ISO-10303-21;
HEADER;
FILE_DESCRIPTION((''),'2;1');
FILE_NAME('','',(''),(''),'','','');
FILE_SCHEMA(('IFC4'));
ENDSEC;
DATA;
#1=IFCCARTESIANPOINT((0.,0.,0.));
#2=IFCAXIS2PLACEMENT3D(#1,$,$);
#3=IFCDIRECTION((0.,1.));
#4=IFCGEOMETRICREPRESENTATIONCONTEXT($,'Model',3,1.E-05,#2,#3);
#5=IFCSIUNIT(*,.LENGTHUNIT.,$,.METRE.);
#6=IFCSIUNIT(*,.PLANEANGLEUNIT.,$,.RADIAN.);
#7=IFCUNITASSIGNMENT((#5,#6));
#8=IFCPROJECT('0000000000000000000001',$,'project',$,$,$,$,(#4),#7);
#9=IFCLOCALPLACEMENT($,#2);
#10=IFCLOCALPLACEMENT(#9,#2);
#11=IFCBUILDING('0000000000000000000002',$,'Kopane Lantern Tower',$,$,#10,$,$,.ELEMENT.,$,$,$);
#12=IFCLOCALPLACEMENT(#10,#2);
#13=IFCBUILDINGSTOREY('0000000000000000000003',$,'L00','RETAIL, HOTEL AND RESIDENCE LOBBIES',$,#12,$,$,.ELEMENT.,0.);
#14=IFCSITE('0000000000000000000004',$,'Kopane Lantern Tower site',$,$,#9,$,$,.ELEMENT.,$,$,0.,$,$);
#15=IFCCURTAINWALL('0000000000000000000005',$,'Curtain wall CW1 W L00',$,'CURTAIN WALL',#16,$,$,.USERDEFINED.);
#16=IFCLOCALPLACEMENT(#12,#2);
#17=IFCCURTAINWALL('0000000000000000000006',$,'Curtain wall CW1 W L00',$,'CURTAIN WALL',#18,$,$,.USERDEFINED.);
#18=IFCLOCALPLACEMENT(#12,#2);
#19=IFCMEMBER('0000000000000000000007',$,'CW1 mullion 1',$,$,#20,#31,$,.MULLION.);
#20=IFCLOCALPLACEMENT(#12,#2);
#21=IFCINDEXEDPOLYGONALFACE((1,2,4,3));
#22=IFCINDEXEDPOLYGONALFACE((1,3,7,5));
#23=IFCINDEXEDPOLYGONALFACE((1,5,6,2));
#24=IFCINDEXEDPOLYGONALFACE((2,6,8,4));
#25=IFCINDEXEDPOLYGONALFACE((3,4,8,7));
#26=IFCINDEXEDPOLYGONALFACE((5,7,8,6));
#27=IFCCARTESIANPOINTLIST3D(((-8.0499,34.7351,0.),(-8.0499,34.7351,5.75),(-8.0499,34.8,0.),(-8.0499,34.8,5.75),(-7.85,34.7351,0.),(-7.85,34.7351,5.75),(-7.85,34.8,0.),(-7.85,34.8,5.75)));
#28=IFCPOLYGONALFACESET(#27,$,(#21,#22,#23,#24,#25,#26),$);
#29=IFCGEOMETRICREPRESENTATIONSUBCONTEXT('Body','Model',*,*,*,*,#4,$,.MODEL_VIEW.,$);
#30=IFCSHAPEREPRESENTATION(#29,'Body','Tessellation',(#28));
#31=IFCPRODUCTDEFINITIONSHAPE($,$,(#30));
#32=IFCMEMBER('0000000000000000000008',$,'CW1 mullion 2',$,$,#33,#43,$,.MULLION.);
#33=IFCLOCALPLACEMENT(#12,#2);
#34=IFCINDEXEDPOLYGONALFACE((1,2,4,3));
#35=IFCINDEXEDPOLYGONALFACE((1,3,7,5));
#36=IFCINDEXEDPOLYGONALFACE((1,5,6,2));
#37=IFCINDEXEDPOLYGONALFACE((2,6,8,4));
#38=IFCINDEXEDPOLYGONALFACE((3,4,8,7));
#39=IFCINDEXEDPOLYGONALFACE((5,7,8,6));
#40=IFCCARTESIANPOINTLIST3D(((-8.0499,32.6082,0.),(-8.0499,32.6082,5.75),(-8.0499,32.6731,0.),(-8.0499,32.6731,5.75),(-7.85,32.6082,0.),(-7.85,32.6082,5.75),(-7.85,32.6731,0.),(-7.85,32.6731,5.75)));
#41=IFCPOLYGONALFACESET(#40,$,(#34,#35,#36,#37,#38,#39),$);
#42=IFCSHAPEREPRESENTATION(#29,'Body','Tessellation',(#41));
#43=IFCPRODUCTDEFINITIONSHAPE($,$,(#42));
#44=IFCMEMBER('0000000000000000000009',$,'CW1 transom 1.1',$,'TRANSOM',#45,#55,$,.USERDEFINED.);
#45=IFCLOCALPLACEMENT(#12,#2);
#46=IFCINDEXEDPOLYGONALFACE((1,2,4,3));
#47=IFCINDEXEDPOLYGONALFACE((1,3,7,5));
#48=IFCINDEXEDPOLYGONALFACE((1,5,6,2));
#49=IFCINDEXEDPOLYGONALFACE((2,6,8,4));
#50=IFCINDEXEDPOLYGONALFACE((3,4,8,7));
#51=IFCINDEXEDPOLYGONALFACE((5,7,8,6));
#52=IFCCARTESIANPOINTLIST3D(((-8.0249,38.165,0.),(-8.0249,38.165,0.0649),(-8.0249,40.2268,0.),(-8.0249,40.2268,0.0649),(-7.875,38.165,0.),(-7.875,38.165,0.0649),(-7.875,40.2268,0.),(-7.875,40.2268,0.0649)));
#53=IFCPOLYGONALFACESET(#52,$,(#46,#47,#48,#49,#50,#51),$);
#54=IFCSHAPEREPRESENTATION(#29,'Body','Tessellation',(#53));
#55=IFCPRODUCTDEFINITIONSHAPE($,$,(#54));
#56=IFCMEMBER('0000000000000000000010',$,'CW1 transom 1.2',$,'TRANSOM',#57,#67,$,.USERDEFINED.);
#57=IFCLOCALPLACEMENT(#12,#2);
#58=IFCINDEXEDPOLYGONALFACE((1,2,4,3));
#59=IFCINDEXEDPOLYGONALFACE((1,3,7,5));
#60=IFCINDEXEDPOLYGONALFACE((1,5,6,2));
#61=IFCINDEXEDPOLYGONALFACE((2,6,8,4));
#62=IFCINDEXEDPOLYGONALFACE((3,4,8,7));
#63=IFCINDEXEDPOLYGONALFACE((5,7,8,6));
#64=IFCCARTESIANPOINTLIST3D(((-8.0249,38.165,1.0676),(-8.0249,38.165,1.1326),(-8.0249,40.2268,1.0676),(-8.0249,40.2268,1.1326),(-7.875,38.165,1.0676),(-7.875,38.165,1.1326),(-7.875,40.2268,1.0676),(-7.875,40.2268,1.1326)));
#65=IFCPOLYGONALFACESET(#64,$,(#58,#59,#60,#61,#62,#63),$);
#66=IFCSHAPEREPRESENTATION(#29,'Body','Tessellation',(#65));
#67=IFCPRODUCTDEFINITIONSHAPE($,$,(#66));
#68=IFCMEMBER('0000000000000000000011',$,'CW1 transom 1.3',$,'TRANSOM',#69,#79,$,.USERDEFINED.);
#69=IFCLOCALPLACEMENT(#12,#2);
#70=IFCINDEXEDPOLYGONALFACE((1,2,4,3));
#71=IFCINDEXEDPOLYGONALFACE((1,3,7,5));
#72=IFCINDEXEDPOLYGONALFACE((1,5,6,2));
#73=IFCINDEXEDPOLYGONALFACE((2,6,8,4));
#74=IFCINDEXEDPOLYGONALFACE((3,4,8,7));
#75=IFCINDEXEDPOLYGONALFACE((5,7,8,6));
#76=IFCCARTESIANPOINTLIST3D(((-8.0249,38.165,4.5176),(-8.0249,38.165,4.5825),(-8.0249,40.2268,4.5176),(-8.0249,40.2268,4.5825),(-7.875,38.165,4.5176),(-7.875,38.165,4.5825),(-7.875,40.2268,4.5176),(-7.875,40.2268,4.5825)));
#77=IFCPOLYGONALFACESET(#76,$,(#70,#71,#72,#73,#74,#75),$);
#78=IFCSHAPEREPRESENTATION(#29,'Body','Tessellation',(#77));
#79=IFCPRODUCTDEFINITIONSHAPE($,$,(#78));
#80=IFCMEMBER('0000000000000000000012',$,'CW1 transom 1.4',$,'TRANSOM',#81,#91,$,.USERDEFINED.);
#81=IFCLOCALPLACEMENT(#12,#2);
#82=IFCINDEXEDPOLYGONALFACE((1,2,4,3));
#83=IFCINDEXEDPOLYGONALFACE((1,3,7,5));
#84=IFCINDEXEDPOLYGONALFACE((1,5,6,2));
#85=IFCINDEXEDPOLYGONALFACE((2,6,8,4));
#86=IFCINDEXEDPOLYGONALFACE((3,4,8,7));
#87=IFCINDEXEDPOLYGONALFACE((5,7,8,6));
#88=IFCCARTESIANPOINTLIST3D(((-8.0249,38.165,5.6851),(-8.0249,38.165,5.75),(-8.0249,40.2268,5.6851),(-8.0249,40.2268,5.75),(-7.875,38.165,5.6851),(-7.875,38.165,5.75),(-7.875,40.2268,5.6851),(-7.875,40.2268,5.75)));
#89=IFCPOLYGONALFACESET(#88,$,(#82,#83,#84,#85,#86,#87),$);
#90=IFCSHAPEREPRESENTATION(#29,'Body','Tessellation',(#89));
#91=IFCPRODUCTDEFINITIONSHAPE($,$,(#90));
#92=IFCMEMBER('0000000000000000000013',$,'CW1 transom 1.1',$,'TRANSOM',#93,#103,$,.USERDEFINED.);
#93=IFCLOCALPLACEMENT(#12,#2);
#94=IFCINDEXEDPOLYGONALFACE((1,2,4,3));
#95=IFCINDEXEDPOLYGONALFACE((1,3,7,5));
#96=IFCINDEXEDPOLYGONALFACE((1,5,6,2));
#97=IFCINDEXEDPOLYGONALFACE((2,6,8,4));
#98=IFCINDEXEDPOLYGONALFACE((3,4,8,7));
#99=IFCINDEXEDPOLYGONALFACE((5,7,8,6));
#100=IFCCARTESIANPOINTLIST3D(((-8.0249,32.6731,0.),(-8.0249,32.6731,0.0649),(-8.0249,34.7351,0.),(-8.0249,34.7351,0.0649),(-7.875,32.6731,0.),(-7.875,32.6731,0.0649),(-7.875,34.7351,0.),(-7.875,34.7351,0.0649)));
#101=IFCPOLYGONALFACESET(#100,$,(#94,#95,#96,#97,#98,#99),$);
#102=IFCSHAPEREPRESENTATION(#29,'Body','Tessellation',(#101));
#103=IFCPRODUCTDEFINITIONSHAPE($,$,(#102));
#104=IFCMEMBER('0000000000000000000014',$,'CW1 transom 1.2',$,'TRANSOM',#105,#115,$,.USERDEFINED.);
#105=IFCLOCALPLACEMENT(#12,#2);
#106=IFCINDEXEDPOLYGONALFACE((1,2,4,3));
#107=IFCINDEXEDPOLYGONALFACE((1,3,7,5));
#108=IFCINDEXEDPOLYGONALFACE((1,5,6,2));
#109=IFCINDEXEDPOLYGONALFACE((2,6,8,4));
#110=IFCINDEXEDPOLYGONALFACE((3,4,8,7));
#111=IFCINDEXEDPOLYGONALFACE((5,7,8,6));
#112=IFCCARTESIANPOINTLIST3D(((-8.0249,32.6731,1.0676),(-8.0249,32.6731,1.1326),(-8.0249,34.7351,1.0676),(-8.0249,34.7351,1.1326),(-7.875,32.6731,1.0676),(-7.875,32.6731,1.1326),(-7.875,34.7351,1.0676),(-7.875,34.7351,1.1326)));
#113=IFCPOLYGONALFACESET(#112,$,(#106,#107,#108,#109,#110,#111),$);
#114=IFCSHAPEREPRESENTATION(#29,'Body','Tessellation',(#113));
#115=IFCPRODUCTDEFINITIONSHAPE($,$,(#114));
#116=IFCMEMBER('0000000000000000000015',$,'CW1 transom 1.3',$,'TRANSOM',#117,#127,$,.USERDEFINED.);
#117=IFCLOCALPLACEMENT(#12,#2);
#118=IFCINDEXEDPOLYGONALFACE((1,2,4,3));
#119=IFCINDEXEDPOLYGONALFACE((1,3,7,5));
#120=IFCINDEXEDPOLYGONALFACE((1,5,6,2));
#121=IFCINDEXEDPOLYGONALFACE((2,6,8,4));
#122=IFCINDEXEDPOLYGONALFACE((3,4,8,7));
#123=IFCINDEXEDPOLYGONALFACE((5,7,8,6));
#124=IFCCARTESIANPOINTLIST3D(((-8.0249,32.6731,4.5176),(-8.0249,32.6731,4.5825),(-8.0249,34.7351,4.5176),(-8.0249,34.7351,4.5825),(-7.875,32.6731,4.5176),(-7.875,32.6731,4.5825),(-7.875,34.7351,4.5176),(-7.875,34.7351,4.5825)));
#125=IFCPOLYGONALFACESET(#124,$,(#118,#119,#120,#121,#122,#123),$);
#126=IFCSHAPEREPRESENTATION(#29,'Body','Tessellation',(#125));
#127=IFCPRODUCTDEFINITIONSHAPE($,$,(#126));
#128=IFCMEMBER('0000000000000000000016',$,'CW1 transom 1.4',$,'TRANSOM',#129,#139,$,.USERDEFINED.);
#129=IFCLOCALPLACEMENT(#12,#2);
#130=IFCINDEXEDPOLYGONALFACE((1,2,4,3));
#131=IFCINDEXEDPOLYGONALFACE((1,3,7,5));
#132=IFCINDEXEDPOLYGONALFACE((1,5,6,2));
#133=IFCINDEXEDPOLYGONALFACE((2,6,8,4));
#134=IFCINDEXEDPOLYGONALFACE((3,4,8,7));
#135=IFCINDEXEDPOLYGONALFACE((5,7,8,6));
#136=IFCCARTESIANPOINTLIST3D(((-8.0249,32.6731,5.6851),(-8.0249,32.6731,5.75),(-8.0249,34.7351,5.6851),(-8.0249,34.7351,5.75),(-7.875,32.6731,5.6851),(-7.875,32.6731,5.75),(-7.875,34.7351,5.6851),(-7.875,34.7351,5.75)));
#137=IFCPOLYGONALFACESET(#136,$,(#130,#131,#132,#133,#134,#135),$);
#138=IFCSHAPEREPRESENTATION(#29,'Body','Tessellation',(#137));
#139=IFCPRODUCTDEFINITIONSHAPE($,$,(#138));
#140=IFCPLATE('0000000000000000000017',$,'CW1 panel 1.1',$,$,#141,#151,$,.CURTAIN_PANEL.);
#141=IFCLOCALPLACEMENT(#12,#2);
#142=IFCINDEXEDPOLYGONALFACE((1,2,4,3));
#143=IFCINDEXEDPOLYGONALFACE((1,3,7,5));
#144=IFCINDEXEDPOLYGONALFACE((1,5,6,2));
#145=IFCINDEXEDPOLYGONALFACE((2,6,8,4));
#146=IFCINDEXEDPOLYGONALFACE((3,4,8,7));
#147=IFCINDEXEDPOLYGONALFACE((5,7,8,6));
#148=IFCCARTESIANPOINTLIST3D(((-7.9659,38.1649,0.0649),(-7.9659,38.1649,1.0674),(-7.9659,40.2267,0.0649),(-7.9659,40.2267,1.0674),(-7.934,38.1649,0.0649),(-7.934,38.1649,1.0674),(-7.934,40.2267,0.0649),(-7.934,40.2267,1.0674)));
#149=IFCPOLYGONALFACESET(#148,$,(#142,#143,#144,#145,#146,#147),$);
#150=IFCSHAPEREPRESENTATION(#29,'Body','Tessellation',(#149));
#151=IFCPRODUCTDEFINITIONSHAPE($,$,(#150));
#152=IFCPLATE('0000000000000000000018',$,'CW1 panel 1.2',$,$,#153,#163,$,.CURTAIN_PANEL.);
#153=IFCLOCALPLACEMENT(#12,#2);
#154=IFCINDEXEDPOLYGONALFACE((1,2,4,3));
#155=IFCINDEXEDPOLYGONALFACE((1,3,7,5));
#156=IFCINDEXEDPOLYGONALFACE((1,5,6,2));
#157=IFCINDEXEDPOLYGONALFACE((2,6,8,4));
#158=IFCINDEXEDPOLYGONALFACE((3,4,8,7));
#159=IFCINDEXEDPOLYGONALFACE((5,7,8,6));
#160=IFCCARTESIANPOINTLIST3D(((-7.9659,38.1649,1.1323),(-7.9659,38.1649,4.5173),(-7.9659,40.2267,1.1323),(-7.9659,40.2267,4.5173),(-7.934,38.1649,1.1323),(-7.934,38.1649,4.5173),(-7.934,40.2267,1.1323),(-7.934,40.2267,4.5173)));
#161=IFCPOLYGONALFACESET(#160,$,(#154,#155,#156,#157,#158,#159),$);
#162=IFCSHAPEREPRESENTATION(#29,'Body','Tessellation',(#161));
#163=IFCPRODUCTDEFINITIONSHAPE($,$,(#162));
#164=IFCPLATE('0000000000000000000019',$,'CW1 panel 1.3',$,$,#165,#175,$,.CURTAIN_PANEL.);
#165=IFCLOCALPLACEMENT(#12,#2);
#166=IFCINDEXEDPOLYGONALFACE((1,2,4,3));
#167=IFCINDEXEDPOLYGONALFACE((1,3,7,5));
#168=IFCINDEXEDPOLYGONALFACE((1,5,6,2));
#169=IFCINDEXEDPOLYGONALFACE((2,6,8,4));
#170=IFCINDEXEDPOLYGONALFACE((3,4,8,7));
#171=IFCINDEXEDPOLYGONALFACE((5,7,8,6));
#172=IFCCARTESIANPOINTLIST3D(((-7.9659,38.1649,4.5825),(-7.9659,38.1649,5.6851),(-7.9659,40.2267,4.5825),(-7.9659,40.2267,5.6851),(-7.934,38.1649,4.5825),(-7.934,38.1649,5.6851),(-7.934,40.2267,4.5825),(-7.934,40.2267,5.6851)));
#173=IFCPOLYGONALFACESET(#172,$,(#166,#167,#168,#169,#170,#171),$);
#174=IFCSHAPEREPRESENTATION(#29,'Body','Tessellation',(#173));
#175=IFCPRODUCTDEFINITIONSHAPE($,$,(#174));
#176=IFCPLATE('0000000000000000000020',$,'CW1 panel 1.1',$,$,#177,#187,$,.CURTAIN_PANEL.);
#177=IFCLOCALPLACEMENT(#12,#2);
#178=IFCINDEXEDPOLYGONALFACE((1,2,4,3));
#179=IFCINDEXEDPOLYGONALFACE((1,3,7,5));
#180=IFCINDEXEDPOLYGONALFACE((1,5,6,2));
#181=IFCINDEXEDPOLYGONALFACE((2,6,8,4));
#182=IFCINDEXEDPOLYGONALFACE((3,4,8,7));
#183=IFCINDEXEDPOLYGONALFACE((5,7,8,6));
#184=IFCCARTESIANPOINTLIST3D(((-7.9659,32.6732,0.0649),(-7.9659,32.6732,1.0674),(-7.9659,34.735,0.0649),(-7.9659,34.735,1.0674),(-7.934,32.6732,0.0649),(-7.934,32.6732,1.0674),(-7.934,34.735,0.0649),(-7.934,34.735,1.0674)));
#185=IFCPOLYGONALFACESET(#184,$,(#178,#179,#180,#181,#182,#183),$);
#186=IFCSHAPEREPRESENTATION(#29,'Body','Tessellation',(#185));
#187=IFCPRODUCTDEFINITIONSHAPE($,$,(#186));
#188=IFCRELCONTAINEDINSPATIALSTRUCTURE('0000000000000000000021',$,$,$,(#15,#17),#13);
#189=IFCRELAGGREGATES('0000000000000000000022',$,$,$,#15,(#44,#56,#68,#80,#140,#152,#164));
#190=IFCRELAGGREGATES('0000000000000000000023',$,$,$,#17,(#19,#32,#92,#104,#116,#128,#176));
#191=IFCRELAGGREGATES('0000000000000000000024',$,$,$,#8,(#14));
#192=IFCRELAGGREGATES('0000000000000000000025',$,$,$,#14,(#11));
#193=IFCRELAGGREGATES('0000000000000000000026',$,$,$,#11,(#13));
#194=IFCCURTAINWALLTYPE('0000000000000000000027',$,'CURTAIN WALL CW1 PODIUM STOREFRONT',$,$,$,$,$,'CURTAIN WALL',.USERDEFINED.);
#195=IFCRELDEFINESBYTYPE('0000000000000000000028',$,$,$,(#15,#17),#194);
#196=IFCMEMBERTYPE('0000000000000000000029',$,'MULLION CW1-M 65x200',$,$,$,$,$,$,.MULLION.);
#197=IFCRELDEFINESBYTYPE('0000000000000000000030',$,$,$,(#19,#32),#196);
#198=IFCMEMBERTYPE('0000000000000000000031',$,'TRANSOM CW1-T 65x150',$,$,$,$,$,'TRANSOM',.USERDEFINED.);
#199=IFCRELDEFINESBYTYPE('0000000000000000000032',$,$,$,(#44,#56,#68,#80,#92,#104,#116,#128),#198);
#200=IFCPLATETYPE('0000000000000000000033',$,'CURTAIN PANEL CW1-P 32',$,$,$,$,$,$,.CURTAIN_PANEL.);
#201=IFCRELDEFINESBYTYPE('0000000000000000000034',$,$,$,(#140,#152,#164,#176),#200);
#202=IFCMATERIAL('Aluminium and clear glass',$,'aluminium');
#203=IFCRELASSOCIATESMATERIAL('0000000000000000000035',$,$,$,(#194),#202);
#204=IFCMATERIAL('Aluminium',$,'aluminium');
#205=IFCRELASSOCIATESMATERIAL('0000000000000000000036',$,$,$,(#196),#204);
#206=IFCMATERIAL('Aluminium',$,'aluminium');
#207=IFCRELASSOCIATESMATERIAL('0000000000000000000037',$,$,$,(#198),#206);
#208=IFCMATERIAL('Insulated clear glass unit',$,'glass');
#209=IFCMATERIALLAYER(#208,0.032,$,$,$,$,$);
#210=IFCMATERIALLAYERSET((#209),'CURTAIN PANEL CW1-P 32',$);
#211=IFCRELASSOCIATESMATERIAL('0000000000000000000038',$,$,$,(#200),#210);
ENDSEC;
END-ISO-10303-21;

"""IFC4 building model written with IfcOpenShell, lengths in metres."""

from ifc_helpers import new_model, si_unit, direction, frame, origin, origin_2d, place, context, subcontext, project, spatial, rectangle, extrude, material, layer, layer_set, material_profile, profile_set, type_object, element, aggregate, save


model = new_model("IFC4")

# Units and contexts
model_context = context("Model", 3, precision=1e-05, world=origin(), true_north=direction((0.0, 1.0)))
body_context = subcontext(model_context, "Body", "Model", "MODEL_VIEW")
ifc_project = project(units=[si_unit("LENGTHUNIT", "METRE"), si_unit("PLANEANGLEUNIT", "RADIAN")], contexts=[model_context])

# Site, building, storey
site_placement = place(None, origin())
site = spatial("IfcSite", under=ifc_project, at=site_placement, Name="Kopane Lantern Tower site", CompositionType="ELEMENT", RefElevation=0.0)
building_placement = place(site_placement, origin())
building = spatial("IfcBuilding", under=site, at=building_placement, Name="Kopane Lantern Tower", CompositionType="ELEMENT")
storey_placement = place(building_placement, origin())
storey = spatial("IfcBuildingStorey", under=building, at=storey_placement, Name="L00", Description="RETAIL, HOTEL AND RESIDENCE LOBBIES", CompositionType="ELEMENT", Elevation=0.0)

# Curtain walls, members
ifc_material_1 = material(Name="Aluminium and clear glass", Category="aluminium")
curtain_wall_type = type_object("IfcCurtainWallType", Name="CURTAIN WALL CW1 PODIUM STOREFRONT", ElementType="CURTAIN WALL", PredefinedType="USERDEFINED", material=ifc_material_1)
curtain_wall_1_placement = place(storey_placement, origin())
curtain_wall_1 = element("IfcCurtainWall", 1, at=curtain_wall_1_placement, inside=storey, type_object=curtain_wall_type, Name="Curtain wall CW1 W L00", ObjectType="CURTAIN WALL", PredefinedType="USERDEFINED")
ifc_material_2 = material(Name="Aluminium", Category="aluminium")
ifc_material_profile_1 = material_profile(ifc_material_2, rectangle(XDim=0.0649, YDim=0.2, at=origin_2d()), Name="AL 65x200")
ifc_profile_set_1 = profile_set([ifc_material_profile_1], Name="Aluminium")
member_type_1 = type_object("IfcMemberType", Name="MULLION CW1-M 65x200", PredefinedType="MULLION", material=ifc_profile_set_1)
curtain_wall_2_placement = place(storey_placement, origin())
curtain_wall_2 = element("IfcCurtainWall", 2, at=curtain_wall_2_placement, inside=storey, type_object=curtain_wall_type, Name="Curtain wall CW1 W L00", ObjectType="CURTAIN WALL", PredefinedType="USERDEFINED")
member_1_placement = place(storey_placement, frame((-7.95, 34.7676, 0.0), z_axis=(0.0, 0.0, 1.0), x_axis=(0.0, -1.0, 0.0)))
member_1 = element("IfcMember", 3, at=member_1_placement, type_object=member_type_1, Name="CW1 mullion 1", PredefinedType="MULLION", context=body_context, shape_type="SweptSolid", body=[
    extrude(rectangle(XDim=0.0649, YDim=0.2, at=origin_2d()), origin(), (0.0, 0.0, 1.0), 5.75),
])
member_2_placement = place(storey_placement, frame((-7.95, 32.6406, 0.0), z_axis=(0.0, 0.0, 1.0), x_axis=(0.0, -1.0, 0.0)))
member_2 = element("IfcMember", 4, at=member_2_placement, type_object=member_type_1, Name="CW1 mullion 2", PredefinedType="MULLION", context=body_context, shape_type="SweptSolid", body=[
    extrude(rectangle(XDim=0.0649, YDim=0.2, at=origin_2d()), origin(), (0.0, 0.0, 1.0), 5.75),
])

# Members
ifc_material_3 = material(Name="Aluminium", Category="aluminium")
ifc_material_profile_2 = material_profile(ifc_material_3, rectangle(XDim=0.1499, YDim=0.0649, at=origin_2d()), Name="AL 150x65")
ifc_profile_set_2 = profile_set([ifc_material_profile_2], Name="Aluminium")
member_type_2 = type_object("IfcMemberType", Name="TRANSOM CW1-T 65x150", ElementType="TRANSOM", PredefinedType="USERDEFINED", material=ifc_profile_set_2)
member_3_placement = place(storey_placement, frame((-7.95, 40.2268, 0.0325), z_axis=(0.0, -1.0, 0.0), x_axis=(1.0, 0.0, 0.0)))
member_3 = element("IfcMember", 5, at=member_3_placement, type_object=member_type_2, Name="CW1 transom 1.1", ObjectType="TRANSOM", PredefinedType="USERDEFINED", context=body_context, shape_type="SweptSolid", body=[
    extrude(rectangle(XDim=0.1499, YDim=0.0649, at=origin_2d()), origin(), (0.0, 0.0, 1.0), 2.0618),
])
member_4_placement = place(storey_placement, frame((-7.95, 40.2268, 1.1001), z_axis=(0.0, -1.0, 0.0), x_axis=(1.0, 0.0, 0.0)))
member_4 = element("IfcMember", 6, at=member_4_placement, type_object=member_type_2, Name="CW1 transom 1.2", ObjectType="TRANSOM", PredefinedType="USERDEFINED", context=body_context, shape_type="SweptSolid", body=[
    extrude(rectangle(XDim=0.1499, YDim=0.0649, at=origin_2d()), origin(), (0.0, 0.0, 1.0), 2.0618),
])
member_5_placement = place(storey_placement, frame((-7.95, 40.2268, 4.55), z_axis=(0.0, -1.0, 0.0), x_axis=(1.0, 0.0, 0.0)))
member_5 = element("IfcMember", 7, at=member_5_placement, type_object=member_type_2, Name="CW1 transom 1.3", ObjectType="TRANSOM", PredefinedType="USERDEFINED", context=body_context, shape_type="SweptSolid", body=[
    extrude(rectangle(XDim=0.1499, YDim=0.0649, at=origin_2d()), origin(), (0.0, 0.0, 1.0), 2.0618),
])
member_6_placement = place(storey_placement, frame((-7.95, 40.2268, 5.7175), z_axis=(0.0, -1.0, 0.0), x_axis=(1.0, 0.0, 0.0)))
member_6 = element("IfcMember", 8, at=member_6_placement, type_object=member_type_2, Name="CW1 transom 1.4", ObjectType="TRANSOM", PredefinedType="USERDEFINED", context=body_context, shape_type="SweptSolid", body=[
    extrude(rectangle(XDim=0.1499, YDim=0.0649, at=origin_2d()), origin(), (0.0, 0.0, 1.0), 2.0618),
])
member_7_placement = place(storey_placement, frame((-7.95, 34.7351, 0.0325), z_axis=(0.0, -1.0, 0.0), x_axis=(1.0, 0.0, 0.0)))
member_7 = element("IfcMember", 9, at=member_7_placement, type_object=member_type_2, Name="CW1 transom 1.1", ObjectType="TRANSOM", PredefinedType="USERDEFINED", context=body_context, shape_type="SweptSolid", body=[
    extrude(rectangle(XDim=0.1499, YDim=0.0649, at=origin_2d()), origin(), (0.0, 0.0, 1.0), 2.062),
])
member_8_placement = place(storey_placement, frame((-7.95, 34.7351, 1.1001), z_axis=(0.0, -1.0, 0.0), x_axis=(1.0, 0.0, 0.0)))
member_8 = element("IfcMember", 10, at=member_8_placement, type_object=member_type_2, Name="CW1 transom 1.2", ObjectType="TRANSOM", PredefinedType="USERDEFINED", context=body_context, shape_type="SweptSolid", body=[
    extrude(rectangle(XDim=0.1499, YDim=0.0649, at=origin_2d()), origin(), (0.0, 0.0, 1.0), 2.062),
])
member_9_placement = place(storey_placement, frame((-7.95, 34.7351, 4.55), z_axis=(0.0, -1.0, 0.0), x_axis=(1.0, 0.0, 0.0)))
member_9 = element("IfcMember", 11, at=member_9_placement, type_object=member_type_2, Name="CW1 transom 1.3", ObjectType="TRANSOM", PredefinedType="USERDEFINED", context=body_context, shape_type="SweptSolid", body=[
    extrude(rectangle(XDim=0.1499, YDim=0.0649, at=origin_2d()), origin(), (0.0, 0.0, 1.0), 2.062),
])
member_10_placement = place(storey_placement, frame((-7.95, 34.7351, 5.7175), z_axis=(0.0, -1.0, 0.0), x_axis=(1.0, 0.0, 0.0)))
member_10 = element("IfcMember", 12, at=member_10_placement, type_object=member_type_2, Name="CW1 transom 1.4", ObjectType="TRANSOM", PredefinedType="USERDEFINED", context=body_context, shape_type="SweptSolid", body=[
    extrude(rectangle(XDim=0.1499, YDim=0.0649, at=origin_2d()), origin(), (0.0, 0.0, 1.0), 2.062),
])

# Plates
ifc_material_4 = material(Name="Insulated clear glass unit", Category="glass")
ifc_layer_1 = layer(ifc_material_4, 0.032)
ifc_layer_set_1 = layer_set([ifc_layer_1], Name="CURTAIN PANEL CW1-P 32")
plate_type = type_object("IfcPlateType", Name="CURTAIN PANEL CW1-P 32", PredefinedType="CURTAIN_PANEL", material=ifc_layer_set_1)
plate_1_placement = place(storey_placement, frame((-7.95, 39.1958, 0.0649), z_axis=(0.0, 0.0, 1.0), x_axis=(0.0, -1.0, 0.0)))
plate_1 = element("IfcPlate", 13, at=plate_1_placement, type_object=plate_type, Name="CW1 panel 1.1", PredefinedType="CURTAIN_PANEL", context=body_context, shape_type="SweptSolid", body=[
    extrude(rectangle(XDim=2.0618, YDim=0.032, at=origin_2d()), origin(), (0.0, 0.0, 1.0), 1.0024),
])
plate_2_placement = place(storey_placement, frame((-7.95, 39.1958, 1.1323), z_axis=(0.0, 0.0, 1.0), x_axis=(0.0, -1.0, 0.0)))
plate_2 = element("IfcPlate", 14, at=plate_2_placement, type_object=plate_type, Name="CW1 panel 1.2", PredefinedType="CURTAIN_PANEL", context=body_context, shape_type="SweptSolid", body=[
    extrude(rectangle(XDim=2.0618, YDim=0.032, at=origin_2d()), origin(), (0.0, 0.0, 1.0), 3.385),
])
plate_3_placement = place(storey_placement, frame((-7.95, 39.1958, 4.5825), z_axis=(0.0, 0.0, 1.0), x_axis=(0.0, -1.0, 0.0)))
plate_3 = element("IfcPlate", 15, at=plate_3_placement, type_object=plate_type, Name="CW1 panel 1.3", PredefinedType="CURTAIN_PANEL", context=body_context, shape_type="SweptSolid", body=[
    extrude(rectangle(XDim=2.0618, YDim=0.032, at=origin_2d()), origin(), (0.0, 0.0, 1.0), 1.1025),
])
aggregate(curtain_wall_1, [member_3, member_4, member_5, member_6, plate_1, plate_2, plate_3])
plate_4_placement = place(storey_placement, frame((-7.95, 33.7041, 0.0649), z_axis=(0.0, 0.0, 1.0), x_axis=(0.0, -1.0, 0.0)))
plate_4 = element("IfcPlate", 16, at=plate_4_placement, type_object=plate_type, Name="CW1 panel 1.1", PredefinedType="CURTAIN_PANEL", context=body_context, shape_type="SweptSolid", body=[
    extrude(rectangle(XDim=2.0618, YDim=0.032, at=origin_2d()), origin(), (0.0, 0.0, 1.0), 1.0024),
])
aggregate(curtain_wall_2, [member_1, member_2, member_7, member_8, member_9, member_10, plate_4])

save(model, "model.ifc")
